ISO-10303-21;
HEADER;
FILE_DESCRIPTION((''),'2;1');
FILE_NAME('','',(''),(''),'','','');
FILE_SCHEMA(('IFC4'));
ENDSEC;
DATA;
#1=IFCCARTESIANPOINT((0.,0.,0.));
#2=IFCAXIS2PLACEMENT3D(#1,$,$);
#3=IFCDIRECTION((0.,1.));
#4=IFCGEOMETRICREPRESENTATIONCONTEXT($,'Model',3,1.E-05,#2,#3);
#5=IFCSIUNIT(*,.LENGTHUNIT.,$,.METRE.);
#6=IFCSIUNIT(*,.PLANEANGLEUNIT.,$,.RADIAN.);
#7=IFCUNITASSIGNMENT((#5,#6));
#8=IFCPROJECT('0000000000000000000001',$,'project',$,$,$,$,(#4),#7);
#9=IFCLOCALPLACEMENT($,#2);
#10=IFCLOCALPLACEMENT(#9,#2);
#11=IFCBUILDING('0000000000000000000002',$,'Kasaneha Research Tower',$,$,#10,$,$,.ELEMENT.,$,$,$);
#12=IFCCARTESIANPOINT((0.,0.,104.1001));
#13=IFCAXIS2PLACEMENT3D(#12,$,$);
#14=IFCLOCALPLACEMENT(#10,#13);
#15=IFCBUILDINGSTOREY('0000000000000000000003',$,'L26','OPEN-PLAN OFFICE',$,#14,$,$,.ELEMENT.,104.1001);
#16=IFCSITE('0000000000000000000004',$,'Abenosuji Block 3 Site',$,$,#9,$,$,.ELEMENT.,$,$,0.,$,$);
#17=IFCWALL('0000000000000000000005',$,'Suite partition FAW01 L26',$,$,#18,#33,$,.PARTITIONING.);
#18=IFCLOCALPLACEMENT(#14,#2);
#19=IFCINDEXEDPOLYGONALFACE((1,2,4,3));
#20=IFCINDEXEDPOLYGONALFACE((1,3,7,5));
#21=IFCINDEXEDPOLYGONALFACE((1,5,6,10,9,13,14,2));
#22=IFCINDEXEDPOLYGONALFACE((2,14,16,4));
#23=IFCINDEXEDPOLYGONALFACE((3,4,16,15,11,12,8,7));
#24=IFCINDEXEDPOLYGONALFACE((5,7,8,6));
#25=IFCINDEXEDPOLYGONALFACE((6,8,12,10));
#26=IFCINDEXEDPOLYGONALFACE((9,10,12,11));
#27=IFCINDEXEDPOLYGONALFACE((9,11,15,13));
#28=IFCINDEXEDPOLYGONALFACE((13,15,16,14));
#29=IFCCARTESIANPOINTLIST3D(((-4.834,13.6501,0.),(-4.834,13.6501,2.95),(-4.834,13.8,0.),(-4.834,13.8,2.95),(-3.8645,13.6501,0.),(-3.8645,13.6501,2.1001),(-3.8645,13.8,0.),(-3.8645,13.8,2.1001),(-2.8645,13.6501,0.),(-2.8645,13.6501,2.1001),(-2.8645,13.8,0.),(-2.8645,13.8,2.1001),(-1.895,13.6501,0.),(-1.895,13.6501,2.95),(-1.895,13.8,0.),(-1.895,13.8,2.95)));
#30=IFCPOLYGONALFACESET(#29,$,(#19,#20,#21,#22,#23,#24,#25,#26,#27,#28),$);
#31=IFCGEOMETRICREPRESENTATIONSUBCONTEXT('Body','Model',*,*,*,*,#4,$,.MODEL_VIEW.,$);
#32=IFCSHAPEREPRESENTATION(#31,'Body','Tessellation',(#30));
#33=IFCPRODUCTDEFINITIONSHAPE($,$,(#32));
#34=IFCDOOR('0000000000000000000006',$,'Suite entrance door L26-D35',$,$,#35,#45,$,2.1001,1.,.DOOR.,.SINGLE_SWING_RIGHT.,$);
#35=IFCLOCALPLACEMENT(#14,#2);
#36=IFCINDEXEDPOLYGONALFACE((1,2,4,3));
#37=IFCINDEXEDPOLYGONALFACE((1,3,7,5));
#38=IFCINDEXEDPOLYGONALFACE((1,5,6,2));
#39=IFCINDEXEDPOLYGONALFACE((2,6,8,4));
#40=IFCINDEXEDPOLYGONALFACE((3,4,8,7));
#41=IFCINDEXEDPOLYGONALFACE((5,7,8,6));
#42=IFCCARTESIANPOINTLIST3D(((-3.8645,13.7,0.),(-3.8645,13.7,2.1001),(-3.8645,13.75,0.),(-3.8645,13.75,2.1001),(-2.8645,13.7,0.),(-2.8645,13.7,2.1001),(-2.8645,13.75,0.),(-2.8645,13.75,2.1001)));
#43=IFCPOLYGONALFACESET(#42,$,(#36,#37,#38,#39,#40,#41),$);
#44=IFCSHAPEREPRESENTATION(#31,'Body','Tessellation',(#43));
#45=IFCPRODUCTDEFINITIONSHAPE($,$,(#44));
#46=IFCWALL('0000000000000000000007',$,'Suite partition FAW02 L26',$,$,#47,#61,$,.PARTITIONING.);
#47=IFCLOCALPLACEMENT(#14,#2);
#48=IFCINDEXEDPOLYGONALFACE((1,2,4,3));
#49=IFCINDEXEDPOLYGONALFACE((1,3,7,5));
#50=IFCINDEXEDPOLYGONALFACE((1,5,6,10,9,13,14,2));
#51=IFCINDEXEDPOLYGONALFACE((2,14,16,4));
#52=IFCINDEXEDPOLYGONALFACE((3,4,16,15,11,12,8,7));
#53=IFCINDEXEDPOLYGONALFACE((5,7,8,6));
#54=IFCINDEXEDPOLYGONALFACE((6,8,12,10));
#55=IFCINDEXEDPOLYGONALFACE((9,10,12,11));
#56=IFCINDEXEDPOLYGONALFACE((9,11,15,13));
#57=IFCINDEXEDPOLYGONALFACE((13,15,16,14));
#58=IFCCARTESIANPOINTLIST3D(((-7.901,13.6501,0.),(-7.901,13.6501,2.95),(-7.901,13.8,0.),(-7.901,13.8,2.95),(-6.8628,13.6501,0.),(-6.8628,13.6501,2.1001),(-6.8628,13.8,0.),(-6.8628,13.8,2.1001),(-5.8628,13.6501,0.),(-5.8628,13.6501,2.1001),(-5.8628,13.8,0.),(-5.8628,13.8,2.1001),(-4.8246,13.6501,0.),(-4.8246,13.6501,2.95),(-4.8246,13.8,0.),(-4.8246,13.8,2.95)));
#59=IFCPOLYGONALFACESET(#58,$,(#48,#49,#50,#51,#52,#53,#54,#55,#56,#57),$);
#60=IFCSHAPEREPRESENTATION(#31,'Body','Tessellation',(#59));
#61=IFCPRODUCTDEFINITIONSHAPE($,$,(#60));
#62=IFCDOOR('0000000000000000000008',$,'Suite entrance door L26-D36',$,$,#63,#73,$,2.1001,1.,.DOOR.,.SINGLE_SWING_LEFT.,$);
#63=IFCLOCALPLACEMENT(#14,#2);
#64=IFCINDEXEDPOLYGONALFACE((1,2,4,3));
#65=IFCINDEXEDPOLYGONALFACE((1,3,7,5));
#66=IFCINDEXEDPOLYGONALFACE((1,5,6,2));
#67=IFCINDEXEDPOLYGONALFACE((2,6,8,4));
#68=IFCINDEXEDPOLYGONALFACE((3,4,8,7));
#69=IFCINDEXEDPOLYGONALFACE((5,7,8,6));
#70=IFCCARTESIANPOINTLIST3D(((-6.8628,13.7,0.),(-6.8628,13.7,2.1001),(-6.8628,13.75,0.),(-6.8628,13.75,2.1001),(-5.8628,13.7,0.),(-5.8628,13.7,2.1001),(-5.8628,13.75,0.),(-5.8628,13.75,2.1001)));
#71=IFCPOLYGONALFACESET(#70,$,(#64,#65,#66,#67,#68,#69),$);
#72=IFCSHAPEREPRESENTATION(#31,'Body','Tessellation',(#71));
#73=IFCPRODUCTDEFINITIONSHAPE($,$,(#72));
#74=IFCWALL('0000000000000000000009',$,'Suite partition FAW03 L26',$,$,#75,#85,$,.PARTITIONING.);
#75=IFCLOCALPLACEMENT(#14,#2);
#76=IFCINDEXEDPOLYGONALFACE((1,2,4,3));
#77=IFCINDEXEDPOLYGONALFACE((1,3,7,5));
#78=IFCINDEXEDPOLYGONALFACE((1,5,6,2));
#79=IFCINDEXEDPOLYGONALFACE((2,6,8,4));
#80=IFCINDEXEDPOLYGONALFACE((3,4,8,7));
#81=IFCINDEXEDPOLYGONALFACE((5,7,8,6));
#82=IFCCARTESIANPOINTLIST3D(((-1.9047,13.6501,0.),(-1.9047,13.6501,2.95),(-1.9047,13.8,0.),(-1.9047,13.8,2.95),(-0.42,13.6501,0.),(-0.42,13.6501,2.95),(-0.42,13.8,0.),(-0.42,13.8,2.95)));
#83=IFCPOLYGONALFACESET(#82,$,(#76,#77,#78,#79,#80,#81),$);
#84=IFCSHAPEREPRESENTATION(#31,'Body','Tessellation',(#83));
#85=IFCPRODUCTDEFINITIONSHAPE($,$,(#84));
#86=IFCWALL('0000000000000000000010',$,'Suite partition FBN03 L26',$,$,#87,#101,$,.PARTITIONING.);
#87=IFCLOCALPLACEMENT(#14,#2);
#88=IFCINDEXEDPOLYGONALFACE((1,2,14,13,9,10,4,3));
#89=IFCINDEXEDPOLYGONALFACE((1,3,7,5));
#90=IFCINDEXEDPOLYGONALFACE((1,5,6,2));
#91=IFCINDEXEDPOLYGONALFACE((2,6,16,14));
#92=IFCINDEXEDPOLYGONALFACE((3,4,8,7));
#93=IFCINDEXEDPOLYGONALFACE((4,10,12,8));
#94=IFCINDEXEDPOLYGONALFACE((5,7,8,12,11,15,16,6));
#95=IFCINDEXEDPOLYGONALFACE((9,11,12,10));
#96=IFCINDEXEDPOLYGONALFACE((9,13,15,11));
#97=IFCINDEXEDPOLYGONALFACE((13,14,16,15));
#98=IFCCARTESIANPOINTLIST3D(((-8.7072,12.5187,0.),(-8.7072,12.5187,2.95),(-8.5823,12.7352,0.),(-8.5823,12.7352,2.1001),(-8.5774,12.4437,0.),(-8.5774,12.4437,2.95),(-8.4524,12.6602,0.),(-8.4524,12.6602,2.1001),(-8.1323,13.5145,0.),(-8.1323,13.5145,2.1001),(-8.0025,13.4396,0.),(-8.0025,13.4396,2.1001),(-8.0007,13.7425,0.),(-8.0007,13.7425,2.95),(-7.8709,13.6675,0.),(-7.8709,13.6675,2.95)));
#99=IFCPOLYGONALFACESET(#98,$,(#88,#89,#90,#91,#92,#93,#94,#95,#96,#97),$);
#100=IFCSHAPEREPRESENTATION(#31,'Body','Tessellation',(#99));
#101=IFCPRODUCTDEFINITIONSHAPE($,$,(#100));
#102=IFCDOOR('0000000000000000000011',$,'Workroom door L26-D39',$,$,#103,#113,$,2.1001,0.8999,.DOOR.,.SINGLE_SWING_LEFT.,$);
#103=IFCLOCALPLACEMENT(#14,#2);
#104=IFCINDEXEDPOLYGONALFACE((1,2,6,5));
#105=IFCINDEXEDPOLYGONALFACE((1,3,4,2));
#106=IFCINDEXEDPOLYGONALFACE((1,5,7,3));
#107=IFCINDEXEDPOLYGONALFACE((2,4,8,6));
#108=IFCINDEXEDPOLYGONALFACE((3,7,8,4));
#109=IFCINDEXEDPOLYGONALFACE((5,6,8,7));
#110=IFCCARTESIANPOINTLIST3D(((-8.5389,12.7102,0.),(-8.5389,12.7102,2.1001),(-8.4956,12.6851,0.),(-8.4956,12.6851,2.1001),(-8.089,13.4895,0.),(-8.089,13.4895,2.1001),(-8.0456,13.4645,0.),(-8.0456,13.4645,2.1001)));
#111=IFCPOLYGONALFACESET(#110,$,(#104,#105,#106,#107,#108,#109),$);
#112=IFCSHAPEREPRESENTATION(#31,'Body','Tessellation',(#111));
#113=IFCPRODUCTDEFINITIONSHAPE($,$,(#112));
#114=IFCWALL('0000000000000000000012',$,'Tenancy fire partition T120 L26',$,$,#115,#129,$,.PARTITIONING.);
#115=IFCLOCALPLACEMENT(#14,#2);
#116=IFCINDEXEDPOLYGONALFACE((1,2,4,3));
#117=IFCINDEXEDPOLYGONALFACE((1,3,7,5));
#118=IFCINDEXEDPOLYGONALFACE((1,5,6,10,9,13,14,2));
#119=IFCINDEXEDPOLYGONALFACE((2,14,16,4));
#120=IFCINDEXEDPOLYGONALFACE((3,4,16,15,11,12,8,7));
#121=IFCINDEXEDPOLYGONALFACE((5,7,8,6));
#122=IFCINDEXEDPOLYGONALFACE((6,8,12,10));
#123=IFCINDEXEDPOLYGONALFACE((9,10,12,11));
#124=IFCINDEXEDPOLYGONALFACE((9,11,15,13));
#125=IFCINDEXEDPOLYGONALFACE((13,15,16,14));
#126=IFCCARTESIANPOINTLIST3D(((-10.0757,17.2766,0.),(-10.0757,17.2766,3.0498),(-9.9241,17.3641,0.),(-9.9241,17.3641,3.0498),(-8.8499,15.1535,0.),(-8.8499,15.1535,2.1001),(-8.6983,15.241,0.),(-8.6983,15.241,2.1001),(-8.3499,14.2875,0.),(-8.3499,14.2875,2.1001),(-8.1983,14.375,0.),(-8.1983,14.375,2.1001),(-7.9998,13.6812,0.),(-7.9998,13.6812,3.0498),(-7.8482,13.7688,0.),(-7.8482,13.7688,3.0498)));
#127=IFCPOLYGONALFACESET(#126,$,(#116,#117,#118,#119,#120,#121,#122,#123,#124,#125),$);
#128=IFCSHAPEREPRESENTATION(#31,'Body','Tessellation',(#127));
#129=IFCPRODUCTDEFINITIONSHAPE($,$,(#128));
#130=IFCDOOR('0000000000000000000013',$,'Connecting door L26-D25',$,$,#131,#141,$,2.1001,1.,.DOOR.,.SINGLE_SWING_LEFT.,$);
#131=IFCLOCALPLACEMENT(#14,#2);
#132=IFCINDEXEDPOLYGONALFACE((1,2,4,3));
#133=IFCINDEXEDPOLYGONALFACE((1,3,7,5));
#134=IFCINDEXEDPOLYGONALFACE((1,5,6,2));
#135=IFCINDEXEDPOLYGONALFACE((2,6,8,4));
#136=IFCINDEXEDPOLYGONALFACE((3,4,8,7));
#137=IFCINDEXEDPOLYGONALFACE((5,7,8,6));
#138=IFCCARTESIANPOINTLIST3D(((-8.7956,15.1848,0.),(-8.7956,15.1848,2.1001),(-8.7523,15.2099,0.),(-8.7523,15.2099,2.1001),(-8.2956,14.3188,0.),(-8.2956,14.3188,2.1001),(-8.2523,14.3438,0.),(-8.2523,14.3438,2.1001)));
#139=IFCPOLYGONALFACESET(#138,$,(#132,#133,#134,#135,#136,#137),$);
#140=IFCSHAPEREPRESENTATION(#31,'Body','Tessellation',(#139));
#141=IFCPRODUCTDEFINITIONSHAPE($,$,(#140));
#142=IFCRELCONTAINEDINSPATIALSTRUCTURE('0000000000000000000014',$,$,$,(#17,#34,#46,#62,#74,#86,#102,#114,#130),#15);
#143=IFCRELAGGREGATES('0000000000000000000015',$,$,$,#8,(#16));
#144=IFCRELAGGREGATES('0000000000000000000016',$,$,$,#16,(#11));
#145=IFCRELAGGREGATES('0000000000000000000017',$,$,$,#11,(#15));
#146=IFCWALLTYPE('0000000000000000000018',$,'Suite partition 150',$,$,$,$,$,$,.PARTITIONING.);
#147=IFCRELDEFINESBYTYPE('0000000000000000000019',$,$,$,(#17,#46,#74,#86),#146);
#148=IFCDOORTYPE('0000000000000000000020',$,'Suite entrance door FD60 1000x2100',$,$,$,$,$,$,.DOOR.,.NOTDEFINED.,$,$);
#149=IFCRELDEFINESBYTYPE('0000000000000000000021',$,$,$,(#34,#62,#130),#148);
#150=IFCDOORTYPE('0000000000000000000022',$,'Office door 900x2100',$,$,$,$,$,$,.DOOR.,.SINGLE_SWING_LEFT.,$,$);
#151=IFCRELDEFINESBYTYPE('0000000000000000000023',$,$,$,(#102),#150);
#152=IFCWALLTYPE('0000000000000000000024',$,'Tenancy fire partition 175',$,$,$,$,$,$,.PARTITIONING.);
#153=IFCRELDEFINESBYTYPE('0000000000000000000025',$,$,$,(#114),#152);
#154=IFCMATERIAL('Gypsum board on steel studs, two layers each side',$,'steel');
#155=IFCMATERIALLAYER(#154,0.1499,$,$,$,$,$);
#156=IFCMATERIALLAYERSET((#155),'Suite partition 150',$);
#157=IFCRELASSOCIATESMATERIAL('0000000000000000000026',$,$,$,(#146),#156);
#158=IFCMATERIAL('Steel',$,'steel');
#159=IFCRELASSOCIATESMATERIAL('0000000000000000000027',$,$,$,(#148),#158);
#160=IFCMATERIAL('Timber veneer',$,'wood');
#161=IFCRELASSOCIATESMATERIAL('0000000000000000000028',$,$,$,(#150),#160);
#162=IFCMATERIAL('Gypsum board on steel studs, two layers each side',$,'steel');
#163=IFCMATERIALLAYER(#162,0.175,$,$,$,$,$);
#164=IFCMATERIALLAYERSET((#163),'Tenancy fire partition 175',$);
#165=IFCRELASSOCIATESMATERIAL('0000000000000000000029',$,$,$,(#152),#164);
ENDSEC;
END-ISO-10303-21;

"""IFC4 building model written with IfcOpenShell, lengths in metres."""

from ifc_helpers import new_model, si_unit, direction, frame, frame_2d, origin, place, context, subcontext, project, spatial, rectangle, extrude, material, layer, layer_set, type_object, element, fill, save


model = new_model("IFC4")

# Units and contexts
model_context = context("Model", 3, precision=1e-05, world=origin(), true_north=direction((0.0, 1.0)))
body_context = subcontext(model_context, "Body", "Model", "MODEL_VIEW")
ifc_project = project(units=[si_unit("LENGTHUNIT", "METRE"), si_unit("PLANEANGLEUNIT", "RADIAN")], contexts=[model_context])

# Site, building, storey
site_placement = place(None, origin())
site = spatial("IfcSite", under=ifc_project, at=site_placement, Name="Abenosuji Block 3 Site", CompositionType="ELEMENT", RefElevation=0.0)
building_placement = place(site_placement, origin())
building = spatial("IfcBuilding", under=site, at=building_placement, Name="Kasaneha Research Tower", CompositionType="ELEMENT")
storey_placement = place(building_placement, frame((0.0, 0.0, 104.1001)))
storey = spatial("IfcBuildingStorey", under=building, at=storey_placement, Name="L26", Description="OPEN-PLAN OFFICE", CompositionType="ELEMENT", Elevation=104.1001)

# Walls, openings, doors
ifc_material_1 = material(Name="Gypsum board on steel studs, two layers each side", Category="steel")
ifc_layer_1 = layer(ifc_material_1, 0.1499)
ifc_layer_set_1 = layer_set([ifc_layer_1], Name="Suite partition 150")
wall_type_1 = type_object("IfcWallType", Name="Suite partition 150", PredefinedType="PARTITIONING", material=ifc_layer_set_1)
wall_1_placement = place(storey_placement, frame((-4.834, 13.7251, 0.0), z_axis=(0.0, 0.0, 1.0), x_axis=(1.0, 0.0, 0.0)))
wall_1 = element("IfcWall", 1, at=wall_1_placement, inside=storey, type_object=wall_type_1, Name="Suite partition FAW01 L26", PredefinedType="PARTITIONING", context=body_context, shape_type="SweptSolid", body=[
    extrude(rectangle(XDim=2.939, YDim=0.1499, at=frame_2d((1.4695, 0.0))), origin(), (0.0, 0.0, 1.0), 2.95),
])
opening_1_placement = place(wall_1_placement, frame((0.9695, 0.0, 0.0)))
opening_1 = element("IfcOpeningElement", 2, at=opening_1_placement, cuts=wall_1, PredefinedType="OPENING", context=body_context, shape_type="SweptSolid", body=[
    extrude(rectangle(XDim=1.0, YDim=2.1001, at=frame_2d((0.5, 1.05))), frame((0.0, 0.085, 0.0), z_axis=(0.0, -1.0, 0.0), x_axis=(1.0, 0.0, 0.0)), (0.0, 0.0, 1.0), 0.1699),
])
ifc_material_2 = material(Name="Steel", Category="steel")
door_type_1 = type_object("IfcDoorType", Name="Suite entrance door FD60 1000x2100", OperationType="NOTDEFINED", PredefinedType="DOOR", material=ifc_material_2)
door_1_placement = place(opening_1_placement, origin())
door_1 = element("IfcDoor", 3, at=door_1_placement, inside=storey, type_object=door_type_1, Name="Suite entrance door L26-D35", OperationType="SINGLE_SWING_RIGHT", OverallHeight=2.1001, OverallWidth=1.0, PredefinedType="DOOR", context=body_context, shape_type="SweptSolid", body=[
    extrude(rectangle(XDim=1.0, YDim=2.1001, at=frame_2d((0.5, 1.05))), frame((0.0, 0.0249, 0.0), z_axis=(0.0, -1.0, 0.0), x_axis=(1.0, 0.0, 0.0)), (0.0, 0.0, 1.0), 0.05),
])
fill(opening_1, door_1)
wall_2_placement = place(storey_placement, frame((-7.9009, 13.7251, 0.0), z_axis=(0.0, 0.0, 1.0), x_axis=(1.0, 0.0, 0.0)))
wall_2 = element("IfcWall", 4, at=wall_2_placement, inside=storey, type_object=wall_type_1, Name="Suite partition FAW02 L26", PredefinedType="PARTITIONING", context=body_context, shape_type="SweptSolid", body=[
    extrude(rectangle(XDim=3.0764, YDim=0.1499, at=frame_2d((1.5381, 0.0))), origin(), (0.0, 0.0, 1.0), 2.95),
])
opening_2_placement = place(wall_2_placement, frame((1.0381, 0.0, 0.0)))
opening_2 = element("IfcOpeningElement", 5, at=opening_2_placement, cuts=wall_2, PredefinedType="OPENING", context=body_context, shape_type="SweptSolid", body=[
    extrude(rectangle(XDim=1.0, YDim=2.1001, at=frame_2d((0.5, 1.05))), frame((0.0, 0.085, 0.0), z_axis=(0.0, -1.0, 0.0), x_axis=(1.0, 0.0, 0.0)), (0.0, 0.0, 1.0), 0.1699),
])
door_2_placement = place(opening_2_placement, origin())
door_2 = element("IfcDoor", 6, at=door_2_placement, inside=storey, type_object=door_type_1, Name="Suite entrance door L26-D36", OperationType="SINGLE_SWING_LEFT", OverallHeight=2.1001, OverallWidth=1.0, PredefinedType="DOOR", context=body_context, shape_type="SweptSolid", body=[
    extrude(rectangle(XDim=1.0, YDim=2.1001, at=frame_2d((0.5, 1.05))), frame((0.0, 0.0249, 0.0), z_axis=(0.0, -1.0, 0.0), x_axis=(1.0, 0.0, 0.0)), (0.0, 0.0, 1.0), 0.05),
])
fill(opening_2, door_2)

# Wall
wall_3_placement = place(storey_placement, frame((-1.9045, 13.7251, 0.0), z_axis=(0.0, 0.0, 1.0), x_axis=(1.0, 0.0, 0.0)))
element("IfcWall", 7, at=wall_3_placement, inside=storey, type_object=wall_type_1, Name="Suite partition FAW03 L26", PredefinedType="PARTITIONING", context=body_context, shape_type="SweptSolid", body=[
    extrude(rectangle(XDim=1.4846, YDim=0.1499, at=frame_2d((0.7422, 0.0))), origin(), (0.0, 0.0, 1.0), 2.95),
])

# Walls, openings, doors
wall_4_placement = place(storey_placement, frame((-8.6423, 12.4812, 0.0), z_axis=(0.0, 0.0, 1.0), x_axis=(0.499967, 0.866045, 0.0)))
wall_4 = element("IfcWall", 8, at=wall_4_placement, inside=storey, type_object=wall_type_1, Name="Suite partition FBN03 L26", PredefinedType="PARTITIONING", context=body_context, shape_type="SweptSolid", body=[
    extrude(rectangle(XDim=1.4131, YDim=0.1499, at=frame_2d((0.7065, 0.0))), origin(), (0.0, 0.0, 1.0), 2.95),
])
opening_3_placement = place(wall_4_placement, frame((0.25, 0.0, 0.0)))
opening_3 = element("IfcOpeningElement", 9, at=opening_3_placement, cuts=wall_4, PredefinedType="OPENING", context=body_context, shape_type="SweptSolid", body=[
    extrude(rectangle(XDim=0.8999, YDim=2.1001, at=frame_2d((0.45, 1.05))), frame((0.0, 0.085, 0.0), z_axis=(0.0, -1.0, 0.0), x_axis=(1.0, 0.0, 0.0)), (0.0, 0.0, 1.0), 0.1699),
])
ifc_material_3 = material(Name="Timber veneer", Category="wood")
door_type_2 = type_object("IfcDoorType", Name="Office door 900x2100", OperationType="SINGLE_SWING_LEFT", PredefinedType="DOOR", material=ifc_material_3)
door_3_placement = place(opening_3_placement, origin())
door_3 = element("IfcDoor", 10, at=door_3_placement, inside=storey, type_object=door_type_2, Name="Workroom door L26-D39", OperationType="SINGLE_SWING_LEFT", OverallHeight=2.1001, OverallWidth=0.8999, PredefinedType="DOOR", context=body_context, shape_type="SweptSolid", body=[
    extrude(rectangle(XDim=0.8999, YDim=2.1001, at=frame_2d((0.45, 1.05))), frame((0.0, 0.0249, 0.0), z_axis=(0.0, -1.0, 0.0), x_axis=(1.0, 0.0, 0.0)), (0.0, 0.0, 1.0), 0.05),
])
fill(opening_3, door_3)
ifc_material_4 = material(Name="Gypsum board on steel studs, two layers each side", Category="steel")
ifc_layer_2 = layer(ifc_material_4, 0.175)
ifc_layer_set_2 = layer_set([ifc_layer_2], Name="Tenancy fire partition 175")
wall_type_2 = type_object("IfcWallType", Name="Tenancy fire partition 175", PredefinedType="PARTITIONING", material=ifc_layer_set_2)
wall_5_placement = place(storey_placement, frame((-7.9241, 13.7251, 0.0), z_axis=(0.0, 0.0, 1.0), x_axis=(-0.500016, 0.866016, 0.0)))
wall_5 = element("IfcWall", 11, at=wall_5_placement, inside=storey, type_object=wall_type_2, Name="Tenancy fire partition T120 L26", PredefinedType="PARTITIONING", context=body_context, shape_type="SweptSolid", body=[
    extrude(rectangle(XDim=4.1516, YDim=0.175, at=frame_2d((2.0757, 0.0))), origin(), (0.0, 0.0, 1.0), 3.0498),
])
opening_4_placement = place(wall_5_placement, frame((0.7, 0.0, 0.0)))
opening_4 = element("IfcOpeningElement", 12, at=opening_4_placement, cuts=wall_5, PredefinedType="OPENING", context=body_context, shape_type="SweptSolid", body=[
    extrude(rectangle(XDim=1.0, YDim=2.1001, at=frame_2d((0.5, 1.05))), frame((0.0, 0.0977, 0.0), z_axis=(0.0, -1.0, 0.0), x_axis=(1.0, 0.0, 0.0)), (0.0, 0.0, 1.0), 0.1951),
])
door_4_placement = place(opening_4_placement, origin())
door_4 = element("IfcDoor", 13, at=door_4_placement, inside=storey, type_object=door_type_1, Name="Connecting door L26-D25", OperationType="SINGLE_SWING_LEFT", OverallHeight=2.1001, OverallWidth=1.0, PredefinedType="DOOR", context=body_context, shape_type="SweptSolid", body=[
    extrude(rectangle(XDim=1.0, YDim=2.1001, at=frame_2d((0.5, 1.05))), frame((0.0, 0.0249, 0.0), z_axis=(0.0, -1.0, 0.0), x_axis=(1.0, 0.0, 0.0)), (0.0, 0.0, 1.0), 0.05),
])
fill(opening_4, door_4)

save(model, "model.ifc")
